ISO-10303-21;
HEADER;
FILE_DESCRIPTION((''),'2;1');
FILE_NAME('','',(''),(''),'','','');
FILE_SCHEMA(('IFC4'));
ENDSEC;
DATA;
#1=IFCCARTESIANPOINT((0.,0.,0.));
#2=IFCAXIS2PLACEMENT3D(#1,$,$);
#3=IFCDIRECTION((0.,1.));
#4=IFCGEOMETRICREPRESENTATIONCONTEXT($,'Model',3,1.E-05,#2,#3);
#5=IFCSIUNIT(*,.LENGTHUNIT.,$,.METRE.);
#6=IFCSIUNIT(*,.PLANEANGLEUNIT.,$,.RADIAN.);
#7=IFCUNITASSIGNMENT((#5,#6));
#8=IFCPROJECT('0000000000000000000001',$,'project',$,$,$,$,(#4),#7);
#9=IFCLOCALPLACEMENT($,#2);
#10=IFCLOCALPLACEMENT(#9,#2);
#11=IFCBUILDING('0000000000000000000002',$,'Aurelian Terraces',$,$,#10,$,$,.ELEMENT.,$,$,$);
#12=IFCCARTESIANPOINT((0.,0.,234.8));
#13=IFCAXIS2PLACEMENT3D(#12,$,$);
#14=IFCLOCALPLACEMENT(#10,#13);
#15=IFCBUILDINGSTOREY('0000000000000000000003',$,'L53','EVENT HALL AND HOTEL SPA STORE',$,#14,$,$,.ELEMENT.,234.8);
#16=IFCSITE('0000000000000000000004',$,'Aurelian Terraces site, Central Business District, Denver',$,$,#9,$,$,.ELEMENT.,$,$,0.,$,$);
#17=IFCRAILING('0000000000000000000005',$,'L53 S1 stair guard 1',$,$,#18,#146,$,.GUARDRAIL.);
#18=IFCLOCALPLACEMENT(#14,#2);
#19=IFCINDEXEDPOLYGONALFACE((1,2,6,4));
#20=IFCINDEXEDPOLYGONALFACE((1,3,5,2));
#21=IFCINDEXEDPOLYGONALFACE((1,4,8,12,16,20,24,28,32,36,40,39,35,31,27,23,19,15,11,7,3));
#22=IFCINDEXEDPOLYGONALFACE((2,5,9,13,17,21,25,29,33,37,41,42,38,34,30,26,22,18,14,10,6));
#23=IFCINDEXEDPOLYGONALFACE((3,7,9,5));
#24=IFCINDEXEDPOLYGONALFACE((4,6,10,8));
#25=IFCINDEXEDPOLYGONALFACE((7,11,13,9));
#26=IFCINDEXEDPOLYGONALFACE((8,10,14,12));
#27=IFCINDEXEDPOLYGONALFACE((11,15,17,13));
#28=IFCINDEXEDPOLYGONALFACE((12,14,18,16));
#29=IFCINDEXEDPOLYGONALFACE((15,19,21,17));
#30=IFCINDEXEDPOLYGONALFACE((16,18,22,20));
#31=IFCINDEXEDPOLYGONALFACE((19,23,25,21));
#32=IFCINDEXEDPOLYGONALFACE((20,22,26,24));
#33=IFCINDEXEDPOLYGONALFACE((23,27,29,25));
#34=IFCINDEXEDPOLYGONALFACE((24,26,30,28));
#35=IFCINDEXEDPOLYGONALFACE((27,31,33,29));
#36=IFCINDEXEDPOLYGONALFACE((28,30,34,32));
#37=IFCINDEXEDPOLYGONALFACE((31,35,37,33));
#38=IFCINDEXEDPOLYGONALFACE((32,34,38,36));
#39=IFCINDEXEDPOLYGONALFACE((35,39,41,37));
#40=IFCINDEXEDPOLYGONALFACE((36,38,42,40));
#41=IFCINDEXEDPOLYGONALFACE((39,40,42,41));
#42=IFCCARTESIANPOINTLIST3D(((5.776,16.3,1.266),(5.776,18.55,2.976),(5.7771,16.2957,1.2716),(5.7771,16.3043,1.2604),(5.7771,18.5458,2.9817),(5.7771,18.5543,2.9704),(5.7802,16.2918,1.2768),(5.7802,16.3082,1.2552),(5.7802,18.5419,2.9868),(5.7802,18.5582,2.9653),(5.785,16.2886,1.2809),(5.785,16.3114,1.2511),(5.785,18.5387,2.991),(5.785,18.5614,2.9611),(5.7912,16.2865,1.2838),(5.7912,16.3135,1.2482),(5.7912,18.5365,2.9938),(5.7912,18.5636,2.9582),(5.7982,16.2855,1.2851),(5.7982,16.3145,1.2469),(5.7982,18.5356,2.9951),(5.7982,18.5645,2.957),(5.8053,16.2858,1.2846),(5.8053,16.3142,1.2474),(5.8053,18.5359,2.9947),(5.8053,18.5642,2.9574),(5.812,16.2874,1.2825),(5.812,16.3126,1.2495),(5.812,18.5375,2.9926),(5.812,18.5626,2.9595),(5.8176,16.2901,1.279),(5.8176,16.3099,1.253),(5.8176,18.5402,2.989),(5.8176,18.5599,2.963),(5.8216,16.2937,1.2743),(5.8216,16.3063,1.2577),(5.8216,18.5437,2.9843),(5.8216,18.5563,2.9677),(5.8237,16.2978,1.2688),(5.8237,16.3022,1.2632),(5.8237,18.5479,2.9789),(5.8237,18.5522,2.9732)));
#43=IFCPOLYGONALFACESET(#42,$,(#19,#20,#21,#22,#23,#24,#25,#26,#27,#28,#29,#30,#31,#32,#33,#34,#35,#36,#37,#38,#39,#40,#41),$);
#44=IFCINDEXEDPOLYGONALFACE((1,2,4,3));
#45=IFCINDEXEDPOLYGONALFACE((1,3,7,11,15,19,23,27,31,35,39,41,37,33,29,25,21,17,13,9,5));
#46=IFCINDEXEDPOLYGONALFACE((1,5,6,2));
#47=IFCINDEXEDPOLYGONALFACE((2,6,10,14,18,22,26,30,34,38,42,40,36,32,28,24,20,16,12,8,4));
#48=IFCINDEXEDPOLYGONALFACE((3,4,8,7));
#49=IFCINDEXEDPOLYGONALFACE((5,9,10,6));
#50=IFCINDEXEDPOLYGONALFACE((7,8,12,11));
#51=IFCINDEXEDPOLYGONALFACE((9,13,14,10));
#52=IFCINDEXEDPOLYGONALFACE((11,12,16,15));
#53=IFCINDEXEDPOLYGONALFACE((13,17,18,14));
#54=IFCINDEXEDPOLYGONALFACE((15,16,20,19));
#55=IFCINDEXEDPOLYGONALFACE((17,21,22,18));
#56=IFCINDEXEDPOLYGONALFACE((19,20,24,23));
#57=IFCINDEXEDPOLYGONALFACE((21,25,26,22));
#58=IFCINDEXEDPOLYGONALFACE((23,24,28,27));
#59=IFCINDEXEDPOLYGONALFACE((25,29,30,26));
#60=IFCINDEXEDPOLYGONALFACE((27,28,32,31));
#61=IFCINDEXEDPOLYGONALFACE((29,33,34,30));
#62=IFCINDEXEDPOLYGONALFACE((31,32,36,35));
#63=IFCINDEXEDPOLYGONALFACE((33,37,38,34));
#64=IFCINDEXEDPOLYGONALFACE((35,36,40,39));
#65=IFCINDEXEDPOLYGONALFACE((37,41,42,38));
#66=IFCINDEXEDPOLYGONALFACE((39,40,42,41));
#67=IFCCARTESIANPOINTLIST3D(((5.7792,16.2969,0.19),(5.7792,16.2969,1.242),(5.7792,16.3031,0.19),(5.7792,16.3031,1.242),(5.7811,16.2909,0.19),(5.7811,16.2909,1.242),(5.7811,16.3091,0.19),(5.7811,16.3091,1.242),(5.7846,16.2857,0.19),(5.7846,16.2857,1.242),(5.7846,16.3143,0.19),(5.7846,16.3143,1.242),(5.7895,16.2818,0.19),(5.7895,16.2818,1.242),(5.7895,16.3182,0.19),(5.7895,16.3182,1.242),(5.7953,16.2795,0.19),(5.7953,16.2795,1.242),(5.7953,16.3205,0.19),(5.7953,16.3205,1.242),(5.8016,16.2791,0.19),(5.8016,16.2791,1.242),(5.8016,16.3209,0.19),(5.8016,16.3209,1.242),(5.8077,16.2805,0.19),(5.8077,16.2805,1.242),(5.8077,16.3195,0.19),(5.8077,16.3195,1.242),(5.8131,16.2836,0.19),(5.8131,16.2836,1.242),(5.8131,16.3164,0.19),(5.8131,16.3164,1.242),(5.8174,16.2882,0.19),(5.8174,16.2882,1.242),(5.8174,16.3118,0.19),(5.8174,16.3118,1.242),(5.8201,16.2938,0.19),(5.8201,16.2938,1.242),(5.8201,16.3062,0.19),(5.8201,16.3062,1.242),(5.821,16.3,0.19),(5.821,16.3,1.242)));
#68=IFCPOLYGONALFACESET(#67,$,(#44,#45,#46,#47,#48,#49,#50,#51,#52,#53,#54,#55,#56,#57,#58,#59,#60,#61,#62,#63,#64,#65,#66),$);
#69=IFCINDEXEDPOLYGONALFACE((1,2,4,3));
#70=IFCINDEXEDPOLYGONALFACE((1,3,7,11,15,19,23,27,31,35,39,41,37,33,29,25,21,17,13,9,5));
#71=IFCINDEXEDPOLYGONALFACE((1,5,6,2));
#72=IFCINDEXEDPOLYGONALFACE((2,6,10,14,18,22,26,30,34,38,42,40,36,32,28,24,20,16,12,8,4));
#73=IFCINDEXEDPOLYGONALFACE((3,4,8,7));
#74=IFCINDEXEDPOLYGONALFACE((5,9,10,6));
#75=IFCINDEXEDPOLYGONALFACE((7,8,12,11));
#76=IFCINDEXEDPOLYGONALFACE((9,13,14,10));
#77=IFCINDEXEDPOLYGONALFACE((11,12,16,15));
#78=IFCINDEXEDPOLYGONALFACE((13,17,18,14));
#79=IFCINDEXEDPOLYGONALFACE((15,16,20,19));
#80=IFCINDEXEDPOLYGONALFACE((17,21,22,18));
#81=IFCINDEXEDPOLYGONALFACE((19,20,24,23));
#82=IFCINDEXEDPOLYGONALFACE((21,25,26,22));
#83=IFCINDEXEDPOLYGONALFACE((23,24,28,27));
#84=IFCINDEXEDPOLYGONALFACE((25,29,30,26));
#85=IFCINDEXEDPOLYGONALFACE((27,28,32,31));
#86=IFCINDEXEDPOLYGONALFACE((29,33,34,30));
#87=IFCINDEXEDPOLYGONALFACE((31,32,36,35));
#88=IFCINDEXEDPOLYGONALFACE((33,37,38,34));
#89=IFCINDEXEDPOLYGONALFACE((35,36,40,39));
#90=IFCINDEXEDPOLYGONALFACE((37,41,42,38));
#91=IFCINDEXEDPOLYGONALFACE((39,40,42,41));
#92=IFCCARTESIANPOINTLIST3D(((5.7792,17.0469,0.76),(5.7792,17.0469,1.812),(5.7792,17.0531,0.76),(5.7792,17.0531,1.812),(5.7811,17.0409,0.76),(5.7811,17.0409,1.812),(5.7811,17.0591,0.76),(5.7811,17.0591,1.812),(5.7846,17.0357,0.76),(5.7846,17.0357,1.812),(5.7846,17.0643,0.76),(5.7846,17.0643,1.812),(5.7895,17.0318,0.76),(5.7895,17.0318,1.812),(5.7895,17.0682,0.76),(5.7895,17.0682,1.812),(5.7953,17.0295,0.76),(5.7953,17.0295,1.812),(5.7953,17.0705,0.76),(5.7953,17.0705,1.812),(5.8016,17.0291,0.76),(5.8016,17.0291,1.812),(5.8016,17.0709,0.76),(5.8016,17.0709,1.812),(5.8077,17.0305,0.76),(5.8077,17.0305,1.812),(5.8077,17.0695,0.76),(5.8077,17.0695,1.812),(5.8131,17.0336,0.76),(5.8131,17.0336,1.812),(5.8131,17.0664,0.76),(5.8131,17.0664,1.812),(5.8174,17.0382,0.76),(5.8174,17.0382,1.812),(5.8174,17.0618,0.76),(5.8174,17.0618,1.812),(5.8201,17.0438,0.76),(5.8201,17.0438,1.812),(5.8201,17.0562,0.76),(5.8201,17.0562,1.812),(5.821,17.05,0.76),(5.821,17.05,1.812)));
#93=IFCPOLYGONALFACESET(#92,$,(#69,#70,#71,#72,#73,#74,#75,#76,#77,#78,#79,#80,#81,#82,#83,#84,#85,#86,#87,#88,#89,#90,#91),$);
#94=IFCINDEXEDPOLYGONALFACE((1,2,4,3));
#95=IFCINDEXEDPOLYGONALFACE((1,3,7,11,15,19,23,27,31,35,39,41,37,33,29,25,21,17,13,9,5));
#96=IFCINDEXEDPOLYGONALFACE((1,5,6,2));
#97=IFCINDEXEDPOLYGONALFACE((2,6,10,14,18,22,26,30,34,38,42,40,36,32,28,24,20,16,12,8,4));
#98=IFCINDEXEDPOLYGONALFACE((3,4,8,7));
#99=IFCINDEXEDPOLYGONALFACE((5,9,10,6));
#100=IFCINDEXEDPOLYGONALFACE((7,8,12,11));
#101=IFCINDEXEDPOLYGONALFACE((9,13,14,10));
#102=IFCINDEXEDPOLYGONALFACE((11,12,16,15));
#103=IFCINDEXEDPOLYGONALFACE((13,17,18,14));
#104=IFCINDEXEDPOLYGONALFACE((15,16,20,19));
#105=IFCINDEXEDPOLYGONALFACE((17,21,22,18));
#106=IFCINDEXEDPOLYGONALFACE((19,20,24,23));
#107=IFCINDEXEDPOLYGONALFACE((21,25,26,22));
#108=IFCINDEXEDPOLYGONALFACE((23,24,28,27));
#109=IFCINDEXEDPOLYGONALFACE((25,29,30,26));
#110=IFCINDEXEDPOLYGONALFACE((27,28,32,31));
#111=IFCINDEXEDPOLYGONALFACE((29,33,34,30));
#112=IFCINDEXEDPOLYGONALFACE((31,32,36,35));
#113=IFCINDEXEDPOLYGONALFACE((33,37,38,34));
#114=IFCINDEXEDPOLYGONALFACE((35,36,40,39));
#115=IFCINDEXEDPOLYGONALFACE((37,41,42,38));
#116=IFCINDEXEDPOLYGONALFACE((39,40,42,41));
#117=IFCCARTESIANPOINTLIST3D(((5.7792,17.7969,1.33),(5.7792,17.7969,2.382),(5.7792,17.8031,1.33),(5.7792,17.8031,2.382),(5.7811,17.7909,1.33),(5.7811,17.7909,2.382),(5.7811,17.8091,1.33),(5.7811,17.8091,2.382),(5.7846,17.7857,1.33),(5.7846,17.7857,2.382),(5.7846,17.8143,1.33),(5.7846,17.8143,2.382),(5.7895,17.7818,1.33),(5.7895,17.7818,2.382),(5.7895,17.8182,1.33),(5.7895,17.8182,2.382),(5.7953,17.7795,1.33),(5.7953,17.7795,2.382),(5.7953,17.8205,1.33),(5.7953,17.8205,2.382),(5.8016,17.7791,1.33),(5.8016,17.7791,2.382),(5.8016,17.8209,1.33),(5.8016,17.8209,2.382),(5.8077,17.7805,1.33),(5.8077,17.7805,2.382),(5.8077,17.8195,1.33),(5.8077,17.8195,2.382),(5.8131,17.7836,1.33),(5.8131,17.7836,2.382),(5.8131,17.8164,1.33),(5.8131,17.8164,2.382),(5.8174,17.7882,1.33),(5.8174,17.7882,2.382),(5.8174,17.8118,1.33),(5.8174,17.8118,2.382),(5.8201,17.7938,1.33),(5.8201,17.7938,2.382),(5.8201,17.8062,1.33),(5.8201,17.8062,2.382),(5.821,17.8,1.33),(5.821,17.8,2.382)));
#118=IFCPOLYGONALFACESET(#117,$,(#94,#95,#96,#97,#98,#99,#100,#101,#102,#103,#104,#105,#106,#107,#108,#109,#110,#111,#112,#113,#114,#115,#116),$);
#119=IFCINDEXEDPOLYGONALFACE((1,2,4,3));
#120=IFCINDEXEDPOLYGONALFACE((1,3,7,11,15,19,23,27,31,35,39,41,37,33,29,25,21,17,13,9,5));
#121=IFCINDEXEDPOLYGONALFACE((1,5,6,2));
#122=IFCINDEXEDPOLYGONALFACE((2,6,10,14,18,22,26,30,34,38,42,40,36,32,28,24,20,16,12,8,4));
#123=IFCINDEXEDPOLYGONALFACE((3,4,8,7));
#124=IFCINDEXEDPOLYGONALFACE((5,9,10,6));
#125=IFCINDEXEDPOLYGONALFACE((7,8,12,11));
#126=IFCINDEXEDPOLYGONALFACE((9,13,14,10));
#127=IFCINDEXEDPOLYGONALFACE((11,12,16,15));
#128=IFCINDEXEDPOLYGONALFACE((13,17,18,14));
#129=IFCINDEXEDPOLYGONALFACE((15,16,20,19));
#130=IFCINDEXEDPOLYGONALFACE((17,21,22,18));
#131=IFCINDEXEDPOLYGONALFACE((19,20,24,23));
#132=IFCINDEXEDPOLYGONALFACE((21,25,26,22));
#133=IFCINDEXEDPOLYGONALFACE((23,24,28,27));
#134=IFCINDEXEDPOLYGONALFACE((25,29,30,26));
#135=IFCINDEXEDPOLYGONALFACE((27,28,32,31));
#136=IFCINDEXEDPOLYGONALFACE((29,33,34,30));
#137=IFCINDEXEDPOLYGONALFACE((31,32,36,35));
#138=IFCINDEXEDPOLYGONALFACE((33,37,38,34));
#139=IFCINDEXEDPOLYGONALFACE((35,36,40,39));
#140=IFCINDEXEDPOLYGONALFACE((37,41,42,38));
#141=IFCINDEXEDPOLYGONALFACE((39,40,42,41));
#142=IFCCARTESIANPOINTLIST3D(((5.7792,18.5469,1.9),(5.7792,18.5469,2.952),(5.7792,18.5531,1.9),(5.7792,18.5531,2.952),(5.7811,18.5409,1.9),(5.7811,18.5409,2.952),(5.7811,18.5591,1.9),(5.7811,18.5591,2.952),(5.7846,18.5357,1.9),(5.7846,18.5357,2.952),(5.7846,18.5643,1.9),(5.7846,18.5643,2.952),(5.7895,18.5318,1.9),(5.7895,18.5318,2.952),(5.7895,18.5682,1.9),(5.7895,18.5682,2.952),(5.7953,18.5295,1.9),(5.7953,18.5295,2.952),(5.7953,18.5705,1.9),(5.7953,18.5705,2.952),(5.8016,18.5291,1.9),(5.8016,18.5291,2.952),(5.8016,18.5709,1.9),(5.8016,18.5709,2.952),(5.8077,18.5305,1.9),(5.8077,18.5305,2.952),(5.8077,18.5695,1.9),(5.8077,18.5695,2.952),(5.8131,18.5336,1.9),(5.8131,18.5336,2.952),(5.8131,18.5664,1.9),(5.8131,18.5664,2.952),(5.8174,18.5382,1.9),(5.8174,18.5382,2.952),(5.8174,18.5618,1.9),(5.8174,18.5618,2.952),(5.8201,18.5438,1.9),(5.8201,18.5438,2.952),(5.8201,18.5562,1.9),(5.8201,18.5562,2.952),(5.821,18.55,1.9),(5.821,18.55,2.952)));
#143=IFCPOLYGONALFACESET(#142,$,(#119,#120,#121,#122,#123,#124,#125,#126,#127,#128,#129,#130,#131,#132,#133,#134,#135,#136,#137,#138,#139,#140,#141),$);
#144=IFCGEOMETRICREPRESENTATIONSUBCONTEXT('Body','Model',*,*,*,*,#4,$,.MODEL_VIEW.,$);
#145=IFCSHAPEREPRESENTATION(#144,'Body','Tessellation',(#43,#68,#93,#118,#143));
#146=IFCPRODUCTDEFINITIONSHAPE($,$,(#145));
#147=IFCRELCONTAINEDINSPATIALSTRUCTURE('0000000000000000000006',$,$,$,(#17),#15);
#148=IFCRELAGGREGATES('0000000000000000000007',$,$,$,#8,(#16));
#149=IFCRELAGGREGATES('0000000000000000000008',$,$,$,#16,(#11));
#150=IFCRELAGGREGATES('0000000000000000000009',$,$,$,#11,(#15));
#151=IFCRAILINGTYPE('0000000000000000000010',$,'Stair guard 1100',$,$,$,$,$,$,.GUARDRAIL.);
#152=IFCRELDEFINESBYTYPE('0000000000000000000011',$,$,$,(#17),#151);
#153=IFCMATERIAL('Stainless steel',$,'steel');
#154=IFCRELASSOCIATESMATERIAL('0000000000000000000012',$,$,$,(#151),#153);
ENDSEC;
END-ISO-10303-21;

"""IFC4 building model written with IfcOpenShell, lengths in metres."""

from ifc_helpers import new_model, si_unit, direction, frame, origin, origin_2d, place, context, subcontext, project, spatial, circle, extrude, source, transform, mapped, material, type_object, element, save


model = new_model("IFC4")

# Units and contexts
model_context = context("Model", 3, precision=1e-05, world=origin(), true_north=direction((0.0, 1.0)))
body_context = subcontext(model_context, "Body", "Model", "MODEL_VIEW")
ifc_project = project(units=[si_unit("LENGTHUNIT", "METRE"), si_unit("PLANEANGLEUNIT", "RADIAN")], contexts=[model_context])

# Site, building, storey
site_placement = place(None, origin())
site = spatial("IfcSite", under=ifc_project, at=site_placement, Name="Aurelian Terraces site, Central Business District, Denver", CompositionType="ELEMENT", RefElevation=0.0)
building_placement = place(site_placement, origin())
building = spatial("IfcBuilding", under=site, at=building_placement, Name="Aurelian Terraces", CompositionType="ELEMENT")
storey_placement = place(building_placement, frame((0.0, 0.0, 234.8)))
storey = spatial("IfcBuildingStorey", under=building, at=storey_placement, Name="L53", Description="EVENT HALL AND HOTEL SPA STORE", CompositionType="ELEMENT", Elevation=234.8)

# Shared definitions
ifc_material_1 = material(Name="Stainless steel", Category="steel")

# Railing
railing_type_1 = type_object("IfcRailingType", Name="Stair guard 1100", PredefinedType="GUARDRAIL", material=ifc_material_1)
shared_shape_1 = source(origin(), body_context, "Body", "SweptSolid", [
    extrude(circle(Radius=0.024, at=origin_2d()), frame((0.0, 0.0, 1.076), z_axis=(0.0, 0.796162, 0.605083), x_axis=(-1.0, 0.0, 0.0)), (0.0, 0.0, 1.0), 2.8261),
    extrude(circle(Radius=0.021, at=origin_2d()), origin(), (0.0, 0.0, 1.0), 1.052),
    extrude(circle(Radius=0.021, at=origin_2d()), frame((0.0, 0.75, 0.57)), (0.0, 0.0, 1.0), 1.052),
    extrude(circle(Radius=0.021, at=origin_2d()), frame((0.0, 1.5, 1.14)), (0.0, 0.0, 1.0), 1.052),
    extrude(circle(Radius=0.021, at=origin_2d()), frame((0.0, 2.25, 1.71)), (0.0, 0.0, 1.0), 1.052),
])
railing_1_placement = place(storey_placement, frame((5.8, 16.3, 0.19)))
element("IfcRailing", 1, at=railing_1_placement, inside=storey, type_object=railing_type_1, Name="L53 S1 stair guard 1", PredefinedType="GUARDRAIL", context=body_context, shape_type="MappedRepresentation", body=[
    mapped(shared_shape_1, transform((0.0, 0.0, 0.0), scale=1.0)),
])

save(model, "model.ifc")
